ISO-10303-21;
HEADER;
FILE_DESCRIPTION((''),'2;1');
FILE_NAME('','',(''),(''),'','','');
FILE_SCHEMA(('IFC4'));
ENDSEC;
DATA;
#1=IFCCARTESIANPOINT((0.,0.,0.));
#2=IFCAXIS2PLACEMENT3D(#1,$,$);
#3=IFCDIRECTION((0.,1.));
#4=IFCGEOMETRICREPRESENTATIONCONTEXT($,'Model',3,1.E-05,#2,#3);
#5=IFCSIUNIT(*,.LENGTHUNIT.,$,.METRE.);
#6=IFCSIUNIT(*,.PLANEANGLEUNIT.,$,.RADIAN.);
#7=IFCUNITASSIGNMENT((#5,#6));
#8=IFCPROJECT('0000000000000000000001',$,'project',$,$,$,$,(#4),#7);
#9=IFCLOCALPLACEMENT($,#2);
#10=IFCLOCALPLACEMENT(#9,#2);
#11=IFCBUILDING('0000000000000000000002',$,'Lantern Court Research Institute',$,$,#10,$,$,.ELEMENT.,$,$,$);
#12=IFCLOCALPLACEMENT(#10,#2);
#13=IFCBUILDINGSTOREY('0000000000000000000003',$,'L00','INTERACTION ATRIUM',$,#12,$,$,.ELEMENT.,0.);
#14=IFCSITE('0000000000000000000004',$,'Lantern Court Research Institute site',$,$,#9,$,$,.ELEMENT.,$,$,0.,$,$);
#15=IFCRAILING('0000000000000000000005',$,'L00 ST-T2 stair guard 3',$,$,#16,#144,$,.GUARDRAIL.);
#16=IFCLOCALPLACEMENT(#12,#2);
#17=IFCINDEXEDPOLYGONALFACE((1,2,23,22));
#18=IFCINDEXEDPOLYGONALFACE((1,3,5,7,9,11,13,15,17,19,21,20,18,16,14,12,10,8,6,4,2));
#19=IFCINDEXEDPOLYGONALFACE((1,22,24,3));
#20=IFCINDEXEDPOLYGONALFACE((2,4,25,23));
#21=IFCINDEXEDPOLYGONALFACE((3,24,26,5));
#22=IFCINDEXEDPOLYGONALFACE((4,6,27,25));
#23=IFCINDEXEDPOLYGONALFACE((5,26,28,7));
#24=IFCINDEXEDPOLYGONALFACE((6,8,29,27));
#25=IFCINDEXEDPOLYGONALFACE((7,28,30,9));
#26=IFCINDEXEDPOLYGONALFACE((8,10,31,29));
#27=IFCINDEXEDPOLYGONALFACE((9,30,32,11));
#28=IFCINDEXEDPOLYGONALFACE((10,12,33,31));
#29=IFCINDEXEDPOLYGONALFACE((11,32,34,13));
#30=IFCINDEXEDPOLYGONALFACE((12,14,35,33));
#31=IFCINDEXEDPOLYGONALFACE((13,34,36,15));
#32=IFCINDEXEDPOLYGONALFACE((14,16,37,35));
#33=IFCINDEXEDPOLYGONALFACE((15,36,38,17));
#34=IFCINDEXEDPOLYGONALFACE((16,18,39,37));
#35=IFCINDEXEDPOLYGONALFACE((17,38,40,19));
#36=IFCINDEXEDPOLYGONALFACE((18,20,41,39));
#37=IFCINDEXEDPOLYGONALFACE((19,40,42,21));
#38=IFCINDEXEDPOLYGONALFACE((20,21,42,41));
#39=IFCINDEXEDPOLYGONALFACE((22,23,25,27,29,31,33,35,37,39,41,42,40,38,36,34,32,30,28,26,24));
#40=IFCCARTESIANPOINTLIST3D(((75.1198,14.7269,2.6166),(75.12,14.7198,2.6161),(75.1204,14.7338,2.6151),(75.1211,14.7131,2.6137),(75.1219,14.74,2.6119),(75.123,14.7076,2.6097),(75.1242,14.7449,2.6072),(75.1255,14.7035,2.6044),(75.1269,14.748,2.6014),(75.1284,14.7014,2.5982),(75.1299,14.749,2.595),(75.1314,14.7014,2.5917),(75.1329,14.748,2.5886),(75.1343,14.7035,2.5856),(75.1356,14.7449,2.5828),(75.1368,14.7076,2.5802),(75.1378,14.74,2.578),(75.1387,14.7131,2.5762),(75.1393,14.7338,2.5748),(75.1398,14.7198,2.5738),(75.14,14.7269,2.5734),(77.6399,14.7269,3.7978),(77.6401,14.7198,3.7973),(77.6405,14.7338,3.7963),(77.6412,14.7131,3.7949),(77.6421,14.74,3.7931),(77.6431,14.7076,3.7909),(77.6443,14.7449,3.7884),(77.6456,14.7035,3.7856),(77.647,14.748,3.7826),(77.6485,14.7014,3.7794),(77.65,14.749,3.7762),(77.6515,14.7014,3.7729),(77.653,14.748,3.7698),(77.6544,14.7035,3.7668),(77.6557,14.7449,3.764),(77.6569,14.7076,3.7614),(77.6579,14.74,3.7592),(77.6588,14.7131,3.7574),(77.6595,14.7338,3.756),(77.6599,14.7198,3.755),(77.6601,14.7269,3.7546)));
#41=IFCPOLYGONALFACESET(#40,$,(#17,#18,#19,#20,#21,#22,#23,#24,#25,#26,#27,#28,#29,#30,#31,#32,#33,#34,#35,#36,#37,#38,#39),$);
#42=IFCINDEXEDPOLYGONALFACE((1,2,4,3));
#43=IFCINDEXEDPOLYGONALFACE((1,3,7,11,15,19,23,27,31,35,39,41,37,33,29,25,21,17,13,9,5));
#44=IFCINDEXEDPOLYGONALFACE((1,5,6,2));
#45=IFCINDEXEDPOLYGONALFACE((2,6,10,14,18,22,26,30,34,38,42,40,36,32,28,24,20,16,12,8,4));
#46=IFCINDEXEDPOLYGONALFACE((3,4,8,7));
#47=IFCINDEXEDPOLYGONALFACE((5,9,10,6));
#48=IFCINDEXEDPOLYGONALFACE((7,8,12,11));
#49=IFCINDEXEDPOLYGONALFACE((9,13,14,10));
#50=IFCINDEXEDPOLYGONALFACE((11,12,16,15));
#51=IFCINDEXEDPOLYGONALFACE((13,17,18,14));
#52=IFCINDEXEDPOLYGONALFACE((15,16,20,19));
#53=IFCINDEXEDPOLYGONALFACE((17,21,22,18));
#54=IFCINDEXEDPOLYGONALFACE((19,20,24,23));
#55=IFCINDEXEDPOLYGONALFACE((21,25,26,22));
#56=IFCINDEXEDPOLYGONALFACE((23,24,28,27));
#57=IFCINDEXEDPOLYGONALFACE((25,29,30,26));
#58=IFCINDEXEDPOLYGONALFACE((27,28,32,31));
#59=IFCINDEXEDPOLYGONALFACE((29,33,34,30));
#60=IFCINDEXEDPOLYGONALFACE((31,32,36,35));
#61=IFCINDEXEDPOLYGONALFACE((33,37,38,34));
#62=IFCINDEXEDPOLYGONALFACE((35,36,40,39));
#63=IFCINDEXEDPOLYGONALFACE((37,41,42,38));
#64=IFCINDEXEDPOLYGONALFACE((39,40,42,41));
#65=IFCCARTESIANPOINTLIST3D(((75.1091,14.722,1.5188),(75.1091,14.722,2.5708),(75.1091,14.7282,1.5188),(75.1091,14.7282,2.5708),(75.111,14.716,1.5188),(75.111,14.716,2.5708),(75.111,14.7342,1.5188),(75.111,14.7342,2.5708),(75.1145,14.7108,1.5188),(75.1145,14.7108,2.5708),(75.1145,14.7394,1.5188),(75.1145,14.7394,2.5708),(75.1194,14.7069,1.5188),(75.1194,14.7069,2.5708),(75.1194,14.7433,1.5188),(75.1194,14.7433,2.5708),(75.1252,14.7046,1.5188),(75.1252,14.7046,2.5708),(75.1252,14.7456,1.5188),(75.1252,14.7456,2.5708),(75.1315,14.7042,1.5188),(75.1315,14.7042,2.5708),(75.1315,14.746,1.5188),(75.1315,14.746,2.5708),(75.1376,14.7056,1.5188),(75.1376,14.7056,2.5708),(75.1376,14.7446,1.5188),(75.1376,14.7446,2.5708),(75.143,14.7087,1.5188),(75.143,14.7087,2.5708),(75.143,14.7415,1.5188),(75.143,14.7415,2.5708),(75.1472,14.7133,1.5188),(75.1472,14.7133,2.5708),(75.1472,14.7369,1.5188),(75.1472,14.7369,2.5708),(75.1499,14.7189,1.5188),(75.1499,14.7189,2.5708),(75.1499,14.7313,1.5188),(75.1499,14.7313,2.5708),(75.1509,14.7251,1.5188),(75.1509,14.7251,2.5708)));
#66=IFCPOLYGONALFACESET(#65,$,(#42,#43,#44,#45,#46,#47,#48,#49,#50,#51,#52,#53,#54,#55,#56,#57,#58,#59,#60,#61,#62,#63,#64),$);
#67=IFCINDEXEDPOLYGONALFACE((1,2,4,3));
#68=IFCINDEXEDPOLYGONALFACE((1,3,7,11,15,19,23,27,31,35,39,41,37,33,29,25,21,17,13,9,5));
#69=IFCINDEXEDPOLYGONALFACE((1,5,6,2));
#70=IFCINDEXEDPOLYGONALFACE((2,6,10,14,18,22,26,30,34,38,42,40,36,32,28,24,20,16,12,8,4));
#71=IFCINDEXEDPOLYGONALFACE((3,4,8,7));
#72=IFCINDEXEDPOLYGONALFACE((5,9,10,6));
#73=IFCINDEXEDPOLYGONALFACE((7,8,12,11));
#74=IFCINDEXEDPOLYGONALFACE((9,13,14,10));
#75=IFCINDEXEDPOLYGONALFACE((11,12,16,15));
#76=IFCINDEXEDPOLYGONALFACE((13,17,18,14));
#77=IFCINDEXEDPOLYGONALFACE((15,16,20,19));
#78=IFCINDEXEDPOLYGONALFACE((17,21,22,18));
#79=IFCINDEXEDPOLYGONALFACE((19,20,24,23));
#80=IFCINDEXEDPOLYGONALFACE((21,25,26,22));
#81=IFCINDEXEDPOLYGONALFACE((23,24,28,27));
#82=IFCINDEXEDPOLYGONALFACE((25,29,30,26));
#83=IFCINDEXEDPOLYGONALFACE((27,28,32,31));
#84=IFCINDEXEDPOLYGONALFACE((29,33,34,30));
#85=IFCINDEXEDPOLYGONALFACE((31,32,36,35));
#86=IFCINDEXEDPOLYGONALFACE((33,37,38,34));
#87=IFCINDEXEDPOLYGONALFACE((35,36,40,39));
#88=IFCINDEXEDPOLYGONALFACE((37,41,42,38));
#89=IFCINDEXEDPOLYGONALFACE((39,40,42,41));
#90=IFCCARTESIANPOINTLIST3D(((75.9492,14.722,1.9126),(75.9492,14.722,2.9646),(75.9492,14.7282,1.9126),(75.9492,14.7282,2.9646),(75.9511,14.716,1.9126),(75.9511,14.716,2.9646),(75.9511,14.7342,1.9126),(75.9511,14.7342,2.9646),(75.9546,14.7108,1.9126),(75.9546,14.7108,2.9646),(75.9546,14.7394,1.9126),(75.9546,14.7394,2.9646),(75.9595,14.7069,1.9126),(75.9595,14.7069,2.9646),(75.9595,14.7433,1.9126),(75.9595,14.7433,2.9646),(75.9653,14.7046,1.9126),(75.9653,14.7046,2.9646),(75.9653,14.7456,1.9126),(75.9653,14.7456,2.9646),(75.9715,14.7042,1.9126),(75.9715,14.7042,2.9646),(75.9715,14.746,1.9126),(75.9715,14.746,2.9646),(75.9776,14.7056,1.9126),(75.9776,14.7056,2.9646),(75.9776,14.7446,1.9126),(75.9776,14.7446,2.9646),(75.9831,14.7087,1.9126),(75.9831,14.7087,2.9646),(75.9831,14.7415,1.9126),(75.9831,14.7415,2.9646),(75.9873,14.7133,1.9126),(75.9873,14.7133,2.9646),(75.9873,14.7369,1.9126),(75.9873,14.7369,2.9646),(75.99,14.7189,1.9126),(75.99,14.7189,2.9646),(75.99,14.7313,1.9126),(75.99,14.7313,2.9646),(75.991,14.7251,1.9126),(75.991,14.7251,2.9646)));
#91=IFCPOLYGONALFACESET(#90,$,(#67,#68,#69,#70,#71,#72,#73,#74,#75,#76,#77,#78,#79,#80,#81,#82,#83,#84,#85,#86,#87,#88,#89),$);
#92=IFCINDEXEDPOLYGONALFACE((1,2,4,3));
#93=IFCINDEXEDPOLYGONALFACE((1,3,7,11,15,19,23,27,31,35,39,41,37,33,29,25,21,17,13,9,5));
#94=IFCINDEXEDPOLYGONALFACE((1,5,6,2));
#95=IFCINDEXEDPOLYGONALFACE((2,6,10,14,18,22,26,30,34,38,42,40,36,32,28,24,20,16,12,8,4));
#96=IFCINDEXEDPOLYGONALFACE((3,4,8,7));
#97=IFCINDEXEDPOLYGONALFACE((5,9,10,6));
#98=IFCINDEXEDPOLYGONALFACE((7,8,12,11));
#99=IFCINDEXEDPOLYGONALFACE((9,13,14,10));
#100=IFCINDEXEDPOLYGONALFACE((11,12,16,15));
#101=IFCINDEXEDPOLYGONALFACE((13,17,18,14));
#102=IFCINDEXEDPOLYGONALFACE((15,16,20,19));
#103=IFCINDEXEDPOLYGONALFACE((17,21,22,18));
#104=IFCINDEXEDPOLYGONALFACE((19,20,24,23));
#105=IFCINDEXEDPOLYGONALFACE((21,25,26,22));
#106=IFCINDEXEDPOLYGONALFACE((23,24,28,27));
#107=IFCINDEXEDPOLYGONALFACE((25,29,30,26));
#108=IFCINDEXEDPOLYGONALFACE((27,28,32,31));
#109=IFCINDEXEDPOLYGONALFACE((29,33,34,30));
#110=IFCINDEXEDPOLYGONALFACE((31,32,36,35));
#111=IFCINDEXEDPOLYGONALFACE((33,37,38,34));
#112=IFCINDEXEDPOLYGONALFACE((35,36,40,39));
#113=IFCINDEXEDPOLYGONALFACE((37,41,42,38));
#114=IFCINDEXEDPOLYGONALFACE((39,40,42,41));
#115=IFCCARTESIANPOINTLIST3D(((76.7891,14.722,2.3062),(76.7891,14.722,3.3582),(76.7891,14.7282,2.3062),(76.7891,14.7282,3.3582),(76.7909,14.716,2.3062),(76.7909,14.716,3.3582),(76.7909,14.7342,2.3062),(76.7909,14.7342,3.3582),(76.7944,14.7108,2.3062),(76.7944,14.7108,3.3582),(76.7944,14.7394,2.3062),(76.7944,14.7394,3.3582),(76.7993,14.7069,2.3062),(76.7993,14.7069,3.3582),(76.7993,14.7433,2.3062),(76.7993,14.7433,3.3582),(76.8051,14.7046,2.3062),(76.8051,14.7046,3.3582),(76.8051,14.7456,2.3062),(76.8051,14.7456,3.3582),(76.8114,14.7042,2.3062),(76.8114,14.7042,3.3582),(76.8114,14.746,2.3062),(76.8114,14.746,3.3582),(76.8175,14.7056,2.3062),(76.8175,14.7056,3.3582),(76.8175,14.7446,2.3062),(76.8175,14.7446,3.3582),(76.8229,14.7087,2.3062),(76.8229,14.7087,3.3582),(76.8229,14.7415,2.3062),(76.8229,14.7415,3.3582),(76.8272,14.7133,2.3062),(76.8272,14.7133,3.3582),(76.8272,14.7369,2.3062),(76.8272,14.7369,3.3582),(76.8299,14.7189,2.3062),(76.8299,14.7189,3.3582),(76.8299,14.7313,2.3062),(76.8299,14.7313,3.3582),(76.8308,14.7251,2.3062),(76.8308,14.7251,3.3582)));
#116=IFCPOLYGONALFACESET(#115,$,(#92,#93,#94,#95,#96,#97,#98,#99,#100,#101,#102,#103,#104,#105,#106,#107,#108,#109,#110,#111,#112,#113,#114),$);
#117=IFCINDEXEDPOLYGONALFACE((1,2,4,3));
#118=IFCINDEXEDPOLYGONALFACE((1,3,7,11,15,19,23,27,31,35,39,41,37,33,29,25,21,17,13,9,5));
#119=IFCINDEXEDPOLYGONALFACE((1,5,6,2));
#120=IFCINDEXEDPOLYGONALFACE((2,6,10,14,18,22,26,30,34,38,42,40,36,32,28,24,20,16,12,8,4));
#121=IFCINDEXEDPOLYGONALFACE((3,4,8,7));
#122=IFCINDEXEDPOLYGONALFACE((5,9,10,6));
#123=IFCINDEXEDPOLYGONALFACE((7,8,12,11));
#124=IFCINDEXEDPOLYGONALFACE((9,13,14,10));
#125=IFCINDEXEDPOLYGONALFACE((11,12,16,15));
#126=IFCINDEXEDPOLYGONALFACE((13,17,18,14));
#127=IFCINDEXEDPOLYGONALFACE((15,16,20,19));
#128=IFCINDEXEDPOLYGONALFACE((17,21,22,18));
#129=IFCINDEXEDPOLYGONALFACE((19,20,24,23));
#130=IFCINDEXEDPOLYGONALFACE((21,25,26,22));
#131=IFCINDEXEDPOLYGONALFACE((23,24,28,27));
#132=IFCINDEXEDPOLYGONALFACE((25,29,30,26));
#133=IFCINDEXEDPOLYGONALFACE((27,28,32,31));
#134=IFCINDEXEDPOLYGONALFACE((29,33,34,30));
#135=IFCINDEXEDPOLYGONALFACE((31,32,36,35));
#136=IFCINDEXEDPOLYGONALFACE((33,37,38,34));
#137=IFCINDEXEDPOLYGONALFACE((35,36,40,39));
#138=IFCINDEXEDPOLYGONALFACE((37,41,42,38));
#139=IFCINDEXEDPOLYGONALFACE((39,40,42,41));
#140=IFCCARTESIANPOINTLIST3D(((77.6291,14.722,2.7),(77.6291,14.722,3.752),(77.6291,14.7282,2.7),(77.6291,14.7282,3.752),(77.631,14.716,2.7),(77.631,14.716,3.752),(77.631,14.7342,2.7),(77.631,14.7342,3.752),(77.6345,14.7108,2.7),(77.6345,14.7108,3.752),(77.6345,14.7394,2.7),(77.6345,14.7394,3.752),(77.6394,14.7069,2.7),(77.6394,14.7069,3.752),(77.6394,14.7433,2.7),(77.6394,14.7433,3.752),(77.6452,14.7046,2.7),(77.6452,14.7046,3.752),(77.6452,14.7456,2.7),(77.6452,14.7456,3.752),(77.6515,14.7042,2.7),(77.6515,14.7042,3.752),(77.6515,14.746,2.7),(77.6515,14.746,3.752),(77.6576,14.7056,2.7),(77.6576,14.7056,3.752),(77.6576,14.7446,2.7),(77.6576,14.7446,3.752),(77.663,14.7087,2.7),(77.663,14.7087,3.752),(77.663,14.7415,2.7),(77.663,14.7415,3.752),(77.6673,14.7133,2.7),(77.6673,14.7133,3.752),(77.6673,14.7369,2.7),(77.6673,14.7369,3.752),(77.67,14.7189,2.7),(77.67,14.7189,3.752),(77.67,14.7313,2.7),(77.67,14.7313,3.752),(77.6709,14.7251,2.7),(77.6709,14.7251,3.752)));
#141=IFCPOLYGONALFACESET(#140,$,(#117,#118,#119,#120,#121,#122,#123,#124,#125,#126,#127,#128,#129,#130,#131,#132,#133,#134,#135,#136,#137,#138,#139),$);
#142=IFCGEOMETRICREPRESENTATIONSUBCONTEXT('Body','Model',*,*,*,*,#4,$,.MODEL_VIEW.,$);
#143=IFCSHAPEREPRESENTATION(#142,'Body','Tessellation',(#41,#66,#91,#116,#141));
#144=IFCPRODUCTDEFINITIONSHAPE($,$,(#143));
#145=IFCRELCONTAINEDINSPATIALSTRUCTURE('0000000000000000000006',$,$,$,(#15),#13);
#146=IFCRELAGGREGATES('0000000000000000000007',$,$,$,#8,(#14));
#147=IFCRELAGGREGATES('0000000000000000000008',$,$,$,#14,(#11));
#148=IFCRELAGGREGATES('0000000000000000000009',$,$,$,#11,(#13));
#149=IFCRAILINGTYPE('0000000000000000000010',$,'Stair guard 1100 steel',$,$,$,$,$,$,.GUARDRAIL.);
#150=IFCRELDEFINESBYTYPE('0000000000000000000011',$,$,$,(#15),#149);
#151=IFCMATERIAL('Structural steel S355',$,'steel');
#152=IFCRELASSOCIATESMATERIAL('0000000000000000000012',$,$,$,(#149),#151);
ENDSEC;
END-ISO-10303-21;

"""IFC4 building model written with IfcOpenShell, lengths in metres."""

from ifc_helpers import new_model, si_unit, direction, frame, origin, origin_2d, place, context, subcontext, project, spatial, circle, extrude, material, type_object, element, save


model = new_model("IFC4")

# Units and contexts
model_context = context("Model", 3, precision=1e-05, world=origin(), true_north=direction((0.0, 1.0)))
body_context = subcontext(model_context, "Body", "Model", "MODEL_VIEW")
ifc_project = project(units=[si_unit("LENGTHUNIT", "METRE"), si_unit("PLANEANGLEUNIT", "RADIAN")], contexts=[model_context])

# Site, building, storey
site_placement = place(None, origin())
site = spatial("IfcSite", under=ifc_project, at=site_placement, Name="Lantern Court Research Institute site", CompositionType="ELEMENT", RefElevation=0.0)
building_placement = place(site_placement, origin())
building = spatial("IfcBuilding", under=site, at=building_placement, Name="Lantern Court Research Institute", CompositionType="ELEMENT")
storey_placement = place(building_placement, origin())
storey = spatial("IfcBuildingStorey", under=building, at=storey_placement, Name="L00", Description="INTERACTION ATRIUM", CompositionType="ELEMENT", Elevation=0.0)

# Railing
ifc_material_1 = material(Name="Structural steel S355", Category="steel")
railing_type_1 = type_object("IfcRailingType", Name="Stair guard 1100 steel", PredefinedType="GUARDRAIL", material=ifc_material_1)
railing_1_placement = place(storey_placement, frame((75.1299, 14.7251, 1.5188)))
element("IfcRailing", 1, at=railing_1_placement, inside=storey, type_object=railing_type_1, Name="L00 ST-T2 stair guard 3", PredefinedType="GUARDRAIL", context=body_context, shape_type="SweptSolid", body=[
    extrude(circle(Radius=0.0239, at=origin_2d()), frame((0.0, 0.0, 1.0762), z_axis=(0.905474, 0.0, 0.424402), x_axis=(0.0, 1.0, 0.0)), (0.0, 0.0, 1.0), 2.7832),
    extrude(circle(Radius=0.021, at=origin_2d()), origin(), (0.0, 0.0, 1.0), 1.052),
    extrude(circle(Radius=0.021, at=origin_2d()), frame((0.8401, 0.0, 0.3938)), (0.0, 0.0, 1.0), 1.052),
    extrude(circle(Radius=0.021, at=origin_2d()), frame((1.6799, 0.0, 0.7874)), (0.0, 0.0, 1.0), 1.052),
    extrude(circle(Radius=0.021, at=origin_2d()), frame((2.52, 0.0, 1.1812)), (0.0, 0.0, 1.0), 1.052),
])

save(model, "model.ifc")
